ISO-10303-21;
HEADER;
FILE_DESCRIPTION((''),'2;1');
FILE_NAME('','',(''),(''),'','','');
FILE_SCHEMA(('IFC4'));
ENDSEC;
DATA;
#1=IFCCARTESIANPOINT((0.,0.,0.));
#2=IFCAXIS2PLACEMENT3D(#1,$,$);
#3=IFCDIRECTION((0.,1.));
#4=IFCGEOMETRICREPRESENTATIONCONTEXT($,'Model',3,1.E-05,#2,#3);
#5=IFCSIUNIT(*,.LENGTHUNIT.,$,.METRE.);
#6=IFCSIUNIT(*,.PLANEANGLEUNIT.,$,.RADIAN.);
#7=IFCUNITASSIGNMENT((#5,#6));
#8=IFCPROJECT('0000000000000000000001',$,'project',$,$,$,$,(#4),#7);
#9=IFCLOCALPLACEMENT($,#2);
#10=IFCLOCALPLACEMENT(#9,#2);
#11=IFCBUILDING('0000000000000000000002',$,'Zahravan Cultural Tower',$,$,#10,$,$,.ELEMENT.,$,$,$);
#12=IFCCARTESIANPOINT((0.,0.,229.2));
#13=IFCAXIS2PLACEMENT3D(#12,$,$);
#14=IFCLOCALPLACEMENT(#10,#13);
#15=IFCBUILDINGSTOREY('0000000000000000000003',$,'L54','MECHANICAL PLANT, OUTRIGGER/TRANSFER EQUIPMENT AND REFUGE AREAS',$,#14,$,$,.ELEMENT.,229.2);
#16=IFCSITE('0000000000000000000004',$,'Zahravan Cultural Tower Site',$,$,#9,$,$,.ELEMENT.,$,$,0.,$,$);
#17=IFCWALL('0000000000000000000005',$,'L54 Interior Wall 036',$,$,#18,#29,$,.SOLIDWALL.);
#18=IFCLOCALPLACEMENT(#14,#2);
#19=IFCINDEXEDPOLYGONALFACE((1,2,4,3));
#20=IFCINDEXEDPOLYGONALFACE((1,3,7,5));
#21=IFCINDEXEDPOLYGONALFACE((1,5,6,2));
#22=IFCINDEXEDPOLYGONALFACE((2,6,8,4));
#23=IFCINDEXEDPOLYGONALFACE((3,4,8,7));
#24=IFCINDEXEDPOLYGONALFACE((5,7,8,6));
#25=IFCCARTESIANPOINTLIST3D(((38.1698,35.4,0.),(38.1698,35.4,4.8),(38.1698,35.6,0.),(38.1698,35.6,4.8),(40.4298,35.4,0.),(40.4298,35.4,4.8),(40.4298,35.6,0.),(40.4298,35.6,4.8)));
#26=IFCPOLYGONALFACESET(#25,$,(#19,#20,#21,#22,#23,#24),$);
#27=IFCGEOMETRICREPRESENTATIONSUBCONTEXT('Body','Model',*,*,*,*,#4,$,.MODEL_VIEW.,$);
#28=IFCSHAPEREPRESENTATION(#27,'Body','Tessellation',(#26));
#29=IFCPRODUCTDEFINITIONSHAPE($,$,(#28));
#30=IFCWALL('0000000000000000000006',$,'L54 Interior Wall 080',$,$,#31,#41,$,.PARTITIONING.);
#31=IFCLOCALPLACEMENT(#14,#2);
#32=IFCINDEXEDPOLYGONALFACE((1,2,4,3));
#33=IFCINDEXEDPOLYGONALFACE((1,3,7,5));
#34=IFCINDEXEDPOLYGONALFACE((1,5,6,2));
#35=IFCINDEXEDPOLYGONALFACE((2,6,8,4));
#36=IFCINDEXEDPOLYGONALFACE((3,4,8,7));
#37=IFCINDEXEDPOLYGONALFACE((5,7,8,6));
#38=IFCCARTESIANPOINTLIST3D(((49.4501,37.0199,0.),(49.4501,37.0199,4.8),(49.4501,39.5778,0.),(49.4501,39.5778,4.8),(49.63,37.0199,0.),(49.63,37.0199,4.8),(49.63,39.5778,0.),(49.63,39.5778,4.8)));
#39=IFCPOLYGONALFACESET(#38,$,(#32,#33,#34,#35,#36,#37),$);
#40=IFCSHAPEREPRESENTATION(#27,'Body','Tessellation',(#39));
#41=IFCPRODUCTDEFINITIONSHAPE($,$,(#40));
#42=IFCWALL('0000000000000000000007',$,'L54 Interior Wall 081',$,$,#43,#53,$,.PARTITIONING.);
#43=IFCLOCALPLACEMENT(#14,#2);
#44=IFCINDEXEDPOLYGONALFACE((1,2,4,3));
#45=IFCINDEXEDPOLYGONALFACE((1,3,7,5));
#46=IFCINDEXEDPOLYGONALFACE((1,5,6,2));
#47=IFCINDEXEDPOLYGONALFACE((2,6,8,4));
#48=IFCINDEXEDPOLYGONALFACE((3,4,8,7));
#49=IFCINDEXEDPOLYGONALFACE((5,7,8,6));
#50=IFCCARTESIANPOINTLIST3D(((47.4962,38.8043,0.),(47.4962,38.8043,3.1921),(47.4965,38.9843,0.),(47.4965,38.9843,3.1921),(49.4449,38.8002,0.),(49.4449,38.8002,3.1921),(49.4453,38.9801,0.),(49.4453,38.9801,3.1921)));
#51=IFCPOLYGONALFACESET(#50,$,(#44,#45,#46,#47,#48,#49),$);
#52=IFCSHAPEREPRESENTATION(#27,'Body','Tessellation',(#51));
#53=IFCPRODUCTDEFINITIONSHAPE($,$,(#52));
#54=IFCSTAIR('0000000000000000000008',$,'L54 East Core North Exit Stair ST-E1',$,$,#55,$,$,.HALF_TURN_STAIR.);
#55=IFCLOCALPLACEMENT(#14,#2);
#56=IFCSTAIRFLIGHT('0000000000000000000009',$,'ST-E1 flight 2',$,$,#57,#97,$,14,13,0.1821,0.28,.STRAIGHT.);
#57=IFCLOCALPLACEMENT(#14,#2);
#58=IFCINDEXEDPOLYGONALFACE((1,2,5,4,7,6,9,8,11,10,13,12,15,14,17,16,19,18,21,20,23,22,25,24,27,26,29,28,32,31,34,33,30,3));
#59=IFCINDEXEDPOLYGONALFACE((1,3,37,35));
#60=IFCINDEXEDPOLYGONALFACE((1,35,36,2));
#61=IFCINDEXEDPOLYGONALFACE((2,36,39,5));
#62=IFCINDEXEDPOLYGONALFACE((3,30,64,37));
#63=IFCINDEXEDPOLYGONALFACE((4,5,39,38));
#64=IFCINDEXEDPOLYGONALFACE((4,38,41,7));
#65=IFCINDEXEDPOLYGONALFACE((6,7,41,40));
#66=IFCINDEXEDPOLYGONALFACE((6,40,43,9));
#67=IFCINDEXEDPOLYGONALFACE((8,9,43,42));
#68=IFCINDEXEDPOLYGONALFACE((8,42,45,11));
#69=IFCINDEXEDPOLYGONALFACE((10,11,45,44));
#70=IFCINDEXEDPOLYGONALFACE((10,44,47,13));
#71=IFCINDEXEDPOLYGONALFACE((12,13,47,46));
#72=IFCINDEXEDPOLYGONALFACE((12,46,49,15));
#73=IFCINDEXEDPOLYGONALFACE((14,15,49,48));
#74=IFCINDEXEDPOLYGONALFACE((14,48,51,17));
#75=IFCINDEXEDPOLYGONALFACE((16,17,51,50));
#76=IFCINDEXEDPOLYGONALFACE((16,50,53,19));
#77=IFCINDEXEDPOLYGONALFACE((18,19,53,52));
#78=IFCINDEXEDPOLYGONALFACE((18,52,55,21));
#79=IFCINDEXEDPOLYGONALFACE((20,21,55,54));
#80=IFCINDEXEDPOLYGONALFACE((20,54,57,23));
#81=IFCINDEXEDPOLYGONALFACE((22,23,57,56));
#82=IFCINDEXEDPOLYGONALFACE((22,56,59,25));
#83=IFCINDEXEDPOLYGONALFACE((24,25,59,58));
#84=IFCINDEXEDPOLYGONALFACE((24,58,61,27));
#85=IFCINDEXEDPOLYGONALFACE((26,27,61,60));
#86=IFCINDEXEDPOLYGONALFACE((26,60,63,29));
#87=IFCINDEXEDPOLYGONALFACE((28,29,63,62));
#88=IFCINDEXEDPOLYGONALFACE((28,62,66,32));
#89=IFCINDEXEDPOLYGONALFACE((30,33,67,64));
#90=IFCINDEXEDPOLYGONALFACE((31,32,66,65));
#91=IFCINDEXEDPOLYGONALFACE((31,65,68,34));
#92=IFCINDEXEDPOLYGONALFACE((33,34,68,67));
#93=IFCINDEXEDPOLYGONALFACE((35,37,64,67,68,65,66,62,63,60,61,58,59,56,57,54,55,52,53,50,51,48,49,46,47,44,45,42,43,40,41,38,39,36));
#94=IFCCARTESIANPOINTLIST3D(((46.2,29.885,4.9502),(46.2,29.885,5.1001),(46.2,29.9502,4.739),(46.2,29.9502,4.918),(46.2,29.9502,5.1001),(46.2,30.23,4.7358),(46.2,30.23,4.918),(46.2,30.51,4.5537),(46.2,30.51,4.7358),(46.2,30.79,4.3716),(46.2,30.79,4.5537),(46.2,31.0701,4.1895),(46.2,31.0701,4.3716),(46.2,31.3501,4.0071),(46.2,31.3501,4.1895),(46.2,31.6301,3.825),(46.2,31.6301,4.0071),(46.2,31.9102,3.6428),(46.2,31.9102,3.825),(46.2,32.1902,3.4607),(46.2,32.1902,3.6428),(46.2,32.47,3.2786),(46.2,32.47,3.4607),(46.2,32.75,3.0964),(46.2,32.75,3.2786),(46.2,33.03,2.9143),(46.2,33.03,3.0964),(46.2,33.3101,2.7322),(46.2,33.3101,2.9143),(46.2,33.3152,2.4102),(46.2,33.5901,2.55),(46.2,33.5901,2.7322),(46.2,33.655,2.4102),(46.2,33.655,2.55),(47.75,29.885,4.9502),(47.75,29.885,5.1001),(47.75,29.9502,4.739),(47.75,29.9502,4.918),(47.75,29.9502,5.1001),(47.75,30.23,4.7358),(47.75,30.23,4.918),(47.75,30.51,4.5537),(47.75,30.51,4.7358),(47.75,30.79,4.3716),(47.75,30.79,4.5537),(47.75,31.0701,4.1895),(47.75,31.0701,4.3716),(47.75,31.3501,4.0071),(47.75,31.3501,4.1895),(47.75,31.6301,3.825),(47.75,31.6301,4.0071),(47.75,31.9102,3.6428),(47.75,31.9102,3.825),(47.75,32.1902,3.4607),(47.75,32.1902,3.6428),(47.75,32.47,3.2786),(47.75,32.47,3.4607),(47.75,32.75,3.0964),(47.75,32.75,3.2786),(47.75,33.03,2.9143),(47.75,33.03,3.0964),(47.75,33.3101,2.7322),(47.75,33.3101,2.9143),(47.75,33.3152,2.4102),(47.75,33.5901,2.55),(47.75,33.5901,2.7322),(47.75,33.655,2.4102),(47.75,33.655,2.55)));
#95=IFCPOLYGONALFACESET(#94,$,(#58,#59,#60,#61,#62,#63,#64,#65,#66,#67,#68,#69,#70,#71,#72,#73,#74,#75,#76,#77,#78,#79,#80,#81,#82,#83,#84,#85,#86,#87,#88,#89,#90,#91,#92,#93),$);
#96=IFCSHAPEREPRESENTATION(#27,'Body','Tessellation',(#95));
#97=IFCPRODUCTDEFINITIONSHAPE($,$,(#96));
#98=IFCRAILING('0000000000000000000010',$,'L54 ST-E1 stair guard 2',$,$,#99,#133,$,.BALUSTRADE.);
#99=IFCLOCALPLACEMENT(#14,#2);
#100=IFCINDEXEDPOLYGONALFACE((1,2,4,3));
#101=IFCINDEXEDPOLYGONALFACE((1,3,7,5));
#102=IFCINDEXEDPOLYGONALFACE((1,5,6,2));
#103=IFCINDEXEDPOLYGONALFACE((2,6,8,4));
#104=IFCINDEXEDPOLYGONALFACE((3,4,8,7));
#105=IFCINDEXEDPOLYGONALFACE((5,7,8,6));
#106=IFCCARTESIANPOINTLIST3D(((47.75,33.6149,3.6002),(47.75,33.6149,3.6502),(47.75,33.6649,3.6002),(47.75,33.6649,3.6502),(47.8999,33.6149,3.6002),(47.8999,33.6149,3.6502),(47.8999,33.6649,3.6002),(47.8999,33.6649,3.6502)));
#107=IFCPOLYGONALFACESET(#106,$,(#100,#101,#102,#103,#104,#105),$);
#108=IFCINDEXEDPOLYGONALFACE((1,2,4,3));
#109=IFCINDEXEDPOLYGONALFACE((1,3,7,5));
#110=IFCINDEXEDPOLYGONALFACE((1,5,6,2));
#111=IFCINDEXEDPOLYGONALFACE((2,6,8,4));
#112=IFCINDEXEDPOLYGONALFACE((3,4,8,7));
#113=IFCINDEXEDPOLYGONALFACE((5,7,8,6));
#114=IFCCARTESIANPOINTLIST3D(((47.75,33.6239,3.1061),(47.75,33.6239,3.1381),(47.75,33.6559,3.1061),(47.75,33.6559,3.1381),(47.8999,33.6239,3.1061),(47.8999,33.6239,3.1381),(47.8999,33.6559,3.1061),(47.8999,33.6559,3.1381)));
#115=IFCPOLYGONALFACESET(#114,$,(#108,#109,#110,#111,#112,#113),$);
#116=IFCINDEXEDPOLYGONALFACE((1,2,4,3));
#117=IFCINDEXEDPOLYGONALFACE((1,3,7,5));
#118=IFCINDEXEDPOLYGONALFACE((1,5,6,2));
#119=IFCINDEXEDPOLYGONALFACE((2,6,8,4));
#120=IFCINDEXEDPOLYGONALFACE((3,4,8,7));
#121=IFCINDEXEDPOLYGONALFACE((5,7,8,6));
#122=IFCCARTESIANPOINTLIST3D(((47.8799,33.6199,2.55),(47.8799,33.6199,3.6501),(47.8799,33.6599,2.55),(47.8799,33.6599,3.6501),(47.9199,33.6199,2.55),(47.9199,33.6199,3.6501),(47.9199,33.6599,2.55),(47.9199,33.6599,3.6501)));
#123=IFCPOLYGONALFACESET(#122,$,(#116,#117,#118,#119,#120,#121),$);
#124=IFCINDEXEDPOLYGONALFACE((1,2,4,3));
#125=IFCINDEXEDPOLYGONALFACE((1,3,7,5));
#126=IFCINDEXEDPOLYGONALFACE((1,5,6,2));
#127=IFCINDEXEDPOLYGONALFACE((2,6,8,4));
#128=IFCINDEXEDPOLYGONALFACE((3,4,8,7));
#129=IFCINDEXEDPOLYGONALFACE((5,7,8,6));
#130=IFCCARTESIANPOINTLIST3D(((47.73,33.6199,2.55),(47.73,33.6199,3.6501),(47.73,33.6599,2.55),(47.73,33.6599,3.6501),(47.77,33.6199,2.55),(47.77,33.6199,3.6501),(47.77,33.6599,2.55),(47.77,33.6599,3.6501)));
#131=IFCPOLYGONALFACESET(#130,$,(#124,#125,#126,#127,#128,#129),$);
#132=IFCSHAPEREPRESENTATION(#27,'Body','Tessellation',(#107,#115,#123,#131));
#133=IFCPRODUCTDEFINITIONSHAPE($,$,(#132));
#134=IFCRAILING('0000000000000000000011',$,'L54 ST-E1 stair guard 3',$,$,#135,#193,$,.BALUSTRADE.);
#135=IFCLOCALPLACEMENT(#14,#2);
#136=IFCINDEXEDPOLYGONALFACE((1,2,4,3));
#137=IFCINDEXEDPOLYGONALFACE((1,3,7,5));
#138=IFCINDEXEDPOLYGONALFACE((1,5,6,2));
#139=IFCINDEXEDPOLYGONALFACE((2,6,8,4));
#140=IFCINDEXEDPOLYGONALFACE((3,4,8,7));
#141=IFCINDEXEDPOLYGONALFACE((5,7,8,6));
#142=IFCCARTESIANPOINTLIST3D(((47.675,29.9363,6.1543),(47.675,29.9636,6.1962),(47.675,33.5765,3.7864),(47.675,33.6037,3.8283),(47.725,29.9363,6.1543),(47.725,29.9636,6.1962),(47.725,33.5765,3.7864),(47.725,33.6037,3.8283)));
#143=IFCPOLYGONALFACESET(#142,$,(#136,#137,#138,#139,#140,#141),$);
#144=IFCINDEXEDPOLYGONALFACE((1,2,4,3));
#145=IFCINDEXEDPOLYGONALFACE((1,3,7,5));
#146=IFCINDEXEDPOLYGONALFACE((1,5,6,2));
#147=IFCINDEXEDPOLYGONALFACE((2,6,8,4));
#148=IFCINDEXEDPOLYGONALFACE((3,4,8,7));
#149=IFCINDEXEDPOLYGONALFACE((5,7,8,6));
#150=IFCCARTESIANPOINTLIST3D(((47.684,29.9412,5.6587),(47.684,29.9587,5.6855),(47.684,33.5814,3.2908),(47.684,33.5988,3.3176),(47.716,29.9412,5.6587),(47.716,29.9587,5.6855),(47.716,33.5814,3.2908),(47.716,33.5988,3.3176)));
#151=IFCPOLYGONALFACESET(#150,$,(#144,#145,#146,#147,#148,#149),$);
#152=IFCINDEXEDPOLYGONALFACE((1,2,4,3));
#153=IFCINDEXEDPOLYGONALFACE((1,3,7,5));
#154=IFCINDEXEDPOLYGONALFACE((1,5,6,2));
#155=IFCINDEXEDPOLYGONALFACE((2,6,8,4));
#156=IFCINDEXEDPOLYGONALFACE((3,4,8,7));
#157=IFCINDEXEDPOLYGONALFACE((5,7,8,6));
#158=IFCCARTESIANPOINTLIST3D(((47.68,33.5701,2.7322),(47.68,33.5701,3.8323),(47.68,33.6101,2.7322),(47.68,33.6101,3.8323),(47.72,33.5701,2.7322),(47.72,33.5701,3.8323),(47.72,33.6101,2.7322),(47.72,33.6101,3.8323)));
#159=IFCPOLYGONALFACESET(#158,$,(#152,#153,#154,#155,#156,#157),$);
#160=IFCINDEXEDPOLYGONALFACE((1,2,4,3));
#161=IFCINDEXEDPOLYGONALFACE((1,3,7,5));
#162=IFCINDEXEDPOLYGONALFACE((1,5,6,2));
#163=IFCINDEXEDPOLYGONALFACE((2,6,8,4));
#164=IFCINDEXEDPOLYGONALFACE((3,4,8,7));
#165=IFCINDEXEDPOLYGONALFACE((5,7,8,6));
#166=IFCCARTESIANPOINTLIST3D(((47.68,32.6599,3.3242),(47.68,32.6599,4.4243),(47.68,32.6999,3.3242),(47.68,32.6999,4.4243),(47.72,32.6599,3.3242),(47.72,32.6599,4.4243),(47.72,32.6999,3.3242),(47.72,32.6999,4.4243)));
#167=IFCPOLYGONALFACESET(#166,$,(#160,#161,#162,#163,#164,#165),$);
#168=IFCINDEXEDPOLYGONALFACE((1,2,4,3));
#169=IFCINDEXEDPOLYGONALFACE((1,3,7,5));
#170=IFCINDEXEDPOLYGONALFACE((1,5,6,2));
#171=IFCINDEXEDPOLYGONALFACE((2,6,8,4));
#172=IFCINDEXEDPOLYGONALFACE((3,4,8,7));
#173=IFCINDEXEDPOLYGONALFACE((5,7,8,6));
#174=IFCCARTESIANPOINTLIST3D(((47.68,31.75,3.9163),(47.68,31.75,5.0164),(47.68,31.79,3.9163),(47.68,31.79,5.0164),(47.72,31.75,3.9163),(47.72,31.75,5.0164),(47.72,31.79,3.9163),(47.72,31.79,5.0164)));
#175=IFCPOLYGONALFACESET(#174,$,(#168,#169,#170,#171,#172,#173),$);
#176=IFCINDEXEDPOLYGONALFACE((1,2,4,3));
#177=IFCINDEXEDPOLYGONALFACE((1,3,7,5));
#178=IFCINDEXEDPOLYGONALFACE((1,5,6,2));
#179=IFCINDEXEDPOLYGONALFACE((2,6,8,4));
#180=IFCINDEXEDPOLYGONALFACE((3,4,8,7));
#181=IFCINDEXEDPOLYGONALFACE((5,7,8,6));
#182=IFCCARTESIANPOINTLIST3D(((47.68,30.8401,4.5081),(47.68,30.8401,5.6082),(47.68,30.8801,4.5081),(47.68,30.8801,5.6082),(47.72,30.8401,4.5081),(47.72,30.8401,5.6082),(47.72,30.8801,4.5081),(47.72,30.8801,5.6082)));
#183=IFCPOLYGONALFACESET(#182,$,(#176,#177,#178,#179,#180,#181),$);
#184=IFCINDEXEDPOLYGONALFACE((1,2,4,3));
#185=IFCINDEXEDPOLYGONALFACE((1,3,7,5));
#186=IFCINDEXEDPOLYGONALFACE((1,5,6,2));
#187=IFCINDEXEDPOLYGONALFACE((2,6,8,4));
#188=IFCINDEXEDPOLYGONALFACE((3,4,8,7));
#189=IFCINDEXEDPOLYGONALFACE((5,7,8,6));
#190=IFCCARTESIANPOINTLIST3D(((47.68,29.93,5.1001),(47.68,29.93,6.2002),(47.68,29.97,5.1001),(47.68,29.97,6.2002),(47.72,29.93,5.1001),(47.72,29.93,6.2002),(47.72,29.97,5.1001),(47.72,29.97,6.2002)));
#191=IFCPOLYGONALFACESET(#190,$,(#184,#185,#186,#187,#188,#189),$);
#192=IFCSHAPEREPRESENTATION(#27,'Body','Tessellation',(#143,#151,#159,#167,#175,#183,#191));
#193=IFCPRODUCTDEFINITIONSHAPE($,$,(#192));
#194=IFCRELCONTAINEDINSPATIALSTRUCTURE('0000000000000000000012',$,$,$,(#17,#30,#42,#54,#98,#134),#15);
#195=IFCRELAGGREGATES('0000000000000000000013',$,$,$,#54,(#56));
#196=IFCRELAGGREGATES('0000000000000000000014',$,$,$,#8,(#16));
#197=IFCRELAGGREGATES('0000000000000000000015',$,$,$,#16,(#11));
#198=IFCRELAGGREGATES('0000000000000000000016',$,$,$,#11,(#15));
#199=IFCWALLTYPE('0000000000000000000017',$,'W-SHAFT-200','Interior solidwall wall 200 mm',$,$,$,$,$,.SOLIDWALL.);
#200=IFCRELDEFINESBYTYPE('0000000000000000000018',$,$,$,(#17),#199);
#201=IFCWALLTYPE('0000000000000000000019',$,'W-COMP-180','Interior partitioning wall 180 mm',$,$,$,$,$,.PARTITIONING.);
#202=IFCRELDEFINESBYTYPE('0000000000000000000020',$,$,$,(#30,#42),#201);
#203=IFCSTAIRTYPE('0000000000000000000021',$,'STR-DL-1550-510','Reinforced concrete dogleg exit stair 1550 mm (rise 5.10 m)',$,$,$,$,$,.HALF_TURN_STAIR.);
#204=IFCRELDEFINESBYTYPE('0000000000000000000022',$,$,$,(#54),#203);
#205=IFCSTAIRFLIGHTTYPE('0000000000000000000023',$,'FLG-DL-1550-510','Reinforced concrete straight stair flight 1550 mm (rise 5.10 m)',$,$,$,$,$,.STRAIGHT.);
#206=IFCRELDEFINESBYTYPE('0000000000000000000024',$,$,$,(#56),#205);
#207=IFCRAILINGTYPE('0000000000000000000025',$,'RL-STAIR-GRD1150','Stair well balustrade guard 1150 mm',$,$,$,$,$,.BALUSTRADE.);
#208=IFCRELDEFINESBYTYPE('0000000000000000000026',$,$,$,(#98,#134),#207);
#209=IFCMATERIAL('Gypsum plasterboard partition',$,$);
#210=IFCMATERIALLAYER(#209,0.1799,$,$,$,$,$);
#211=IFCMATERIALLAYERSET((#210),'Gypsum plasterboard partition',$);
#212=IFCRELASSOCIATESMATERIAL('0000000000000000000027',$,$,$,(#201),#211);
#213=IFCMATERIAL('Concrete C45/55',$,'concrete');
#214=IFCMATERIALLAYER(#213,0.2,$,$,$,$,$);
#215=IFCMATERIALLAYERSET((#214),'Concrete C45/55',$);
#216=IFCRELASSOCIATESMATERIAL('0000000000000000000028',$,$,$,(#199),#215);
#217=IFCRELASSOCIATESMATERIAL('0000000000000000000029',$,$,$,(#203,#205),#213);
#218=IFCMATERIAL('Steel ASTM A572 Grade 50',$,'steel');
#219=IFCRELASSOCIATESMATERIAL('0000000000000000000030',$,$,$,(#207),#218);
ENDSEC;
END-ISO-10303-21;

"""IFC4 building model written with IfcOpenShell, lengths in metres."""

from ifc_helpers import new_model, si_unit, direction, frame, frame_2d, origin, origin_2d, place, context, subcontext, project, spatial, polyline, rectangle, outline, extrude, source, transform, mapped, material, layer, layer_set, type_object, element, aggregate, save


model = new_model("IFC4")

# Units and contexts
model_context = context("Model", 3, precision=1e-05, world=origin(), true_north=direction((0.0, 1.0)))
body_context = subcontext(model_context, "Body", "Model", "MODEL_VIEW")
ifc_project = project(units=[si_unit("LENGTHUNIT", "METRE"), si_unit("PLANEANGLEUNIT", "RADIAN")], contexts=[model_context])

# Site, building, storey
site_placement = place(None, origin())
site = spatial("IfcSite", under=ifc_project, at=site_placement, Name="Zahravan Cultural Tower Site", CompositionType="ELEMENT", RefElevation=0.0)
building_placement = place(site_placement, origin())
building = spatial("IfcBuilding", under=site, at=building_placement, Name="Zahravan Cultural Tower", CompositionType="ELEMENT")
storey_placement = place(building_placement, frame((0.0, 0.0, 229.2)))
storey = spatial("IfcBuildingStorey", under=building, at=storey_placement, Name="L54", Description="MECHANICAL PLANT, OUTRIGGER/TRANSFER EQUIPMENT AND REFUGE AREAS", CompositionType="ELEMENT", Elevation=229.2)

# Shared definitions
ifc_material_1 = material(Name="Gypsum plasterboard partition")
ifc_layer_1 = layer(ifc_material_1, 0.1799)
ifc_layer_set_1 = layer_set([ifc_layer_1], Name="Gypsum plasterboard partition")
wall_type_1 = type_object("IfcWallType", Name="W-COMP-180", Description="Interior partitioning wall 180 mm", PredefinedType="PARTITIONING", material=ifc_layer_set_1)
ifc_material_2 = material(Name="Steel ASTM A572 Grade 50", Category="steel")

# Walls
ifc_material_3 = material(Name="Concrete C45/55", Category="concrete")
ifc_layer_2 = layer(ifc_material_3, 0.2)
ifc_layer_set_2 = layer_set([ifc_layer_2], Name="Concrete C45/55")
wall_type_2 = type_object("IfcWallType", Name="W-SHAFT-200", Description="Interior solidwall wall 200 mm", PredefinedType="SOLIDWALL", material=ifc_layer_set_2)
shared_shape_1 = source(origin(), body_context, "Body", "SweptSolid", [
    extrude(rectangle(XDim=2.26, YDim=0.2, at=frame_2d((1.1299, 0.0))), origin(), (0.0, 0.0, 1.0), 4.8),
])
wall_1_placement = place(storey_placement, frame((38.1699, 35.5, 0.0), z_axis=(0.0, 0.0, 1.0), x_axis=(1.0, 0.0, 0.0)))
element("IfcWall", 1, at=wall_1_placement, inside=storey, type_object=wall_type_2, Name="L54 Interior Wall 036", PredefinedType="SOLIDWALL", context=body_context, shape_type="MappedRepresentation", body=[
    mapped(shared_shape_1, transform((0.0, 0.0, 0.0), x_axis=(1.0, 0.0, 0.0), y_axis=(0.0, 1.0, 0.0), z_axis=(0.0, 0.0, 1.0), scale=1.0)),
])
shared_shape_2 = source(origin(), body_context, "Body", "SweptSolid", [
    extrude(rectangle(XDim=2.5579, YDim=0.1799, at=frame_2d((1.2788, 0.0))), origin(), (0.0, 0.0, 1.0), 4.8),
])
wall_2_placement = place(storey_placement, frame((49.54, 37.02, 0.0), z_axis=(0.0, 0.0, 1.0), x_axis=(0.0, 1.0, 0.0)))
element("IfcWall", 2, at=wall_2_placement, inside=storey, type_object=wall_type_1, Name="L54 Interior Wall 080", PredefinedType="PARTITIONING", context=body_context, shape_type="MappedRepresentation", body=[
    mapped(shared_shape_2, transform((0.0, 0.0, 0.0), x_axis=(1.0, 0.0, 0.0), y_axis=(0.0, 1.0, 0.0), z_axis=(0.0, 0.0, 1.0), scale=1.0)),
])
shared_shape_3 = source(origin(), body_context, "Body", "SweptSolid", [
    extrude(rectangle(XDim=1.9487, YDim=0.1799, at=frame_2d((0.9744, 0.0))), origin(), (0.0, 0.0, 1.0), 3.1921),
])
wall_3_placement = place(storey_placement, frame((49.4451, 38.8901, 0.0), z_axis=(0.0, 0.0, 1.0), x_axis=(-0.999998, 0.00213, 0.0)))
element("IfcWall", 3, at=wall_3_placement, inside=storey, type_object=wall_type_1, Name="L54 Interior Wall 081", PredefinedType="PARTITIONING", context=body_context, shape_type="MappedRepresentation", body=[
    mapped(shared_shape_3, transform((0.0, 0.0, 0.0), x_axis=(1.0, 0.0, 0.0), y_axis=(0.0, 1.0, 0.0), z_axis=(0.0, 0.0, 1.0), scale=1.0)),
])

# Stair, stair flight
stair_type = type_object("IfcStairType", Name="STR-DL-1550-510", Description="Reinforced concrete dogleg exit stair 1550 mm (rise 5.10 m)", PredefinedType="HALF_TURN_STAIR", material=ifc_material_3)
stair_placement = place(storey_placement, origin())
stair = element("IfcStair", 4, at=stair_placement, inside=storey, type_object=stair_type, Name="L54 East Core North Exit Stair ST-E1", PredefinedType="HALF_TURN_STAIR")
stair_flight_type = type_object("IfcStairFlightType", Name="FLG-DL-1550-510", Description="Reinforced concrete straight stair flight 1550 mm (rise 5.10 m)", PredefinedType="STRAIGHT", material=ifc_material_3)
stair_flight_placement = place(storey_placement, frame((46.9751, 33.5901, 2.55), z_axis=(0.0, 0.0, 1.0), x_axis=(0.0, -1.0, 0.0)))
stair_flight = element("IfcStairFlight", 5, at=stair_flight_placement, type_object=stair_flight_type, Name="ST-E1 flight 2", NumberOfRisers=14, NumberOfTreads=13, PredefinedType="STRAIGHT", RiserHeight=0.1821, TreadLength=0.28, context=body_context, shape_type="SweptSolid", body=[
    extrude(outline(polyline([(-0.0649, -0.1399), (-0.0649, 0.0), (0.0, 0.0), (0.0, 0.1821), (0.28, 0.1821), (0.28, 0.3643), (0.5601, 0.3643), (0.5601, 0.5464), (0.8401, 0.5464), (0.8401, 0.7285), (1.1201, 0.7285), (1.1201, 0.9106), (1.3999, 0.9106), (1.3999, 1.0928), (1.6799, 1.0928), (1.6799, 1.2749), (1.96, 1.2749), (1.96, 1.457), (2.24, 1.457), (2.24, 1.6394), (2.52, 1.6394), (2.52, 1.8215), (2.8, 1.8215), (2.8, 2.0037), (3.0801, 2.0037), (3.0801, 2.1858), (3.3601, 2.1858), (3.3601, 2.3679), (3.6399, 2.3679), (3.6399, 2.55), (3.7051, 2.55), (3.7051, 2.4001), (3.6399, 2.189), (0.2749, -0.1399), (-0.0649, -0.1399)])), frame((0.0, 0.7749, 0.0), z_axis=(0.0, -1.0, 0.0), x_axis=(1.0, 0.0, 0.0)), (0.0, 0.0, 1.0), 1.55),
])
aggregate(stair, [stair_flight])

# Railings
railing_type_1 = type_object("IfcRailingType", Name="RL-STAIR-GRD1150", Description="Stair well balustrade guard 1150 mm", PredefinedType="BALUSTRADE", material=ifc_material_2)
railing_1_placement = place(storey_placement, frame((47.8999, 33.6399, 2.55)))
element("IfcRailing", 6, at=railing_1_placement, inside=storey, type_object=railing_type_1, Name="L54 ST-E1 stair guard 2", PredefinedType="BALUSTRADE", context=body_context, shape_type="SweptSolid", body=[
    extrude(rectangle(XDim=0.05, YDim=0.05, at=origin_2d()), frame((0.0, 0.0, 1.0752), z_axis=(-1.0, 0.0, 0.0), x_axis=(0.0, -1.0, 0.0)), (0.0, 0.0, 1.0), 0.1499),
    extrude(rectangle(XDim=0.032, YDim=0.032, at=origin_2d()), frame((0.0, 0.0, 0.572), z_axis=(-1.0, 0.0, 0.0), x_axis=(0.0, -1.0, 0.0)), (0.0, 0.0, 1.0), 0.1499),
    extrude(rectangle(XDim=0.04, YDim=0.04, at=origin_2d()), origin(), (0.0, 0.0, 1.0), 1.1001),
    extrude(rectangle(XDim=0.04, YDim=0.04, at=origin_2d()), frame((-0.1499, 0.0, 0.0)), (0.0, 0.0, 1.0), 1.1001),
])
railing_2_placement = place(storey_placement, frame((47.7, 33.5901, 2.7322)))
element("IfcRailing", 7, at=railing_2_placement, inside=storey, type_object=railing_type_1, Name="L54 ST-E1 stair guard 3", PredefinedType="BALUSTRADE", context=body_context, shape_type="SweptSolid", body=[
    extrude(rectangle(XDim=0.05, YDim=0.05, at=origin_2d()), frame((0.0, 0.0, 1.0752), z_axis=(0.0, -0.838251, 0.545285), x_axis=(1.0, 0.0, 0.0)), (0.0, 0.0, 1.0), 4.3425),
    extrude(rectangle(XDim=0.032, YDim=0.032, at=origin_2d()), frame((0.0, 0.0, 0.572), z_axis=(0.0, -0.838251, 0.545285), x_axis=(1.0, 0.0, 0.0)), (0.0, 0.0, 1.0), 4.3425),
    extrude(rectangle(XDim=0.04, YDim=0.04, at=origin_2d()), origin(), (0.0, 0.0, 1.0), 1.1001),
    extrude(rectangle(XDim=0.04, YDim=0.04, at=origin_2d()), frame((0.0, -0.9102, 0.592)), (0.0, 0.0, 1.0), 1.1001),
    extrude(rectangle(XDim=0.04, YDim=0.04, at=origin_2d()), frame((0.0, -1.8201, 1.1841)), (0.0, 0.0, 1.0), 1.1001),
    extrude(rectangle(XDim=0.04, YDim=0.04, at=origin_2d()), frame((0.0, -2.73, 1.7759)), (0.0, 0.0, 1.0), 1.1001),
    extrude(rectangle(XDim=0.04, YDim=0.04, at=origin_2d()), frame((0.0, -3.6401, 2.3679)), (0.0, 0.0, 1.0), 1.1001),
])

save(model, "model.ifc")
